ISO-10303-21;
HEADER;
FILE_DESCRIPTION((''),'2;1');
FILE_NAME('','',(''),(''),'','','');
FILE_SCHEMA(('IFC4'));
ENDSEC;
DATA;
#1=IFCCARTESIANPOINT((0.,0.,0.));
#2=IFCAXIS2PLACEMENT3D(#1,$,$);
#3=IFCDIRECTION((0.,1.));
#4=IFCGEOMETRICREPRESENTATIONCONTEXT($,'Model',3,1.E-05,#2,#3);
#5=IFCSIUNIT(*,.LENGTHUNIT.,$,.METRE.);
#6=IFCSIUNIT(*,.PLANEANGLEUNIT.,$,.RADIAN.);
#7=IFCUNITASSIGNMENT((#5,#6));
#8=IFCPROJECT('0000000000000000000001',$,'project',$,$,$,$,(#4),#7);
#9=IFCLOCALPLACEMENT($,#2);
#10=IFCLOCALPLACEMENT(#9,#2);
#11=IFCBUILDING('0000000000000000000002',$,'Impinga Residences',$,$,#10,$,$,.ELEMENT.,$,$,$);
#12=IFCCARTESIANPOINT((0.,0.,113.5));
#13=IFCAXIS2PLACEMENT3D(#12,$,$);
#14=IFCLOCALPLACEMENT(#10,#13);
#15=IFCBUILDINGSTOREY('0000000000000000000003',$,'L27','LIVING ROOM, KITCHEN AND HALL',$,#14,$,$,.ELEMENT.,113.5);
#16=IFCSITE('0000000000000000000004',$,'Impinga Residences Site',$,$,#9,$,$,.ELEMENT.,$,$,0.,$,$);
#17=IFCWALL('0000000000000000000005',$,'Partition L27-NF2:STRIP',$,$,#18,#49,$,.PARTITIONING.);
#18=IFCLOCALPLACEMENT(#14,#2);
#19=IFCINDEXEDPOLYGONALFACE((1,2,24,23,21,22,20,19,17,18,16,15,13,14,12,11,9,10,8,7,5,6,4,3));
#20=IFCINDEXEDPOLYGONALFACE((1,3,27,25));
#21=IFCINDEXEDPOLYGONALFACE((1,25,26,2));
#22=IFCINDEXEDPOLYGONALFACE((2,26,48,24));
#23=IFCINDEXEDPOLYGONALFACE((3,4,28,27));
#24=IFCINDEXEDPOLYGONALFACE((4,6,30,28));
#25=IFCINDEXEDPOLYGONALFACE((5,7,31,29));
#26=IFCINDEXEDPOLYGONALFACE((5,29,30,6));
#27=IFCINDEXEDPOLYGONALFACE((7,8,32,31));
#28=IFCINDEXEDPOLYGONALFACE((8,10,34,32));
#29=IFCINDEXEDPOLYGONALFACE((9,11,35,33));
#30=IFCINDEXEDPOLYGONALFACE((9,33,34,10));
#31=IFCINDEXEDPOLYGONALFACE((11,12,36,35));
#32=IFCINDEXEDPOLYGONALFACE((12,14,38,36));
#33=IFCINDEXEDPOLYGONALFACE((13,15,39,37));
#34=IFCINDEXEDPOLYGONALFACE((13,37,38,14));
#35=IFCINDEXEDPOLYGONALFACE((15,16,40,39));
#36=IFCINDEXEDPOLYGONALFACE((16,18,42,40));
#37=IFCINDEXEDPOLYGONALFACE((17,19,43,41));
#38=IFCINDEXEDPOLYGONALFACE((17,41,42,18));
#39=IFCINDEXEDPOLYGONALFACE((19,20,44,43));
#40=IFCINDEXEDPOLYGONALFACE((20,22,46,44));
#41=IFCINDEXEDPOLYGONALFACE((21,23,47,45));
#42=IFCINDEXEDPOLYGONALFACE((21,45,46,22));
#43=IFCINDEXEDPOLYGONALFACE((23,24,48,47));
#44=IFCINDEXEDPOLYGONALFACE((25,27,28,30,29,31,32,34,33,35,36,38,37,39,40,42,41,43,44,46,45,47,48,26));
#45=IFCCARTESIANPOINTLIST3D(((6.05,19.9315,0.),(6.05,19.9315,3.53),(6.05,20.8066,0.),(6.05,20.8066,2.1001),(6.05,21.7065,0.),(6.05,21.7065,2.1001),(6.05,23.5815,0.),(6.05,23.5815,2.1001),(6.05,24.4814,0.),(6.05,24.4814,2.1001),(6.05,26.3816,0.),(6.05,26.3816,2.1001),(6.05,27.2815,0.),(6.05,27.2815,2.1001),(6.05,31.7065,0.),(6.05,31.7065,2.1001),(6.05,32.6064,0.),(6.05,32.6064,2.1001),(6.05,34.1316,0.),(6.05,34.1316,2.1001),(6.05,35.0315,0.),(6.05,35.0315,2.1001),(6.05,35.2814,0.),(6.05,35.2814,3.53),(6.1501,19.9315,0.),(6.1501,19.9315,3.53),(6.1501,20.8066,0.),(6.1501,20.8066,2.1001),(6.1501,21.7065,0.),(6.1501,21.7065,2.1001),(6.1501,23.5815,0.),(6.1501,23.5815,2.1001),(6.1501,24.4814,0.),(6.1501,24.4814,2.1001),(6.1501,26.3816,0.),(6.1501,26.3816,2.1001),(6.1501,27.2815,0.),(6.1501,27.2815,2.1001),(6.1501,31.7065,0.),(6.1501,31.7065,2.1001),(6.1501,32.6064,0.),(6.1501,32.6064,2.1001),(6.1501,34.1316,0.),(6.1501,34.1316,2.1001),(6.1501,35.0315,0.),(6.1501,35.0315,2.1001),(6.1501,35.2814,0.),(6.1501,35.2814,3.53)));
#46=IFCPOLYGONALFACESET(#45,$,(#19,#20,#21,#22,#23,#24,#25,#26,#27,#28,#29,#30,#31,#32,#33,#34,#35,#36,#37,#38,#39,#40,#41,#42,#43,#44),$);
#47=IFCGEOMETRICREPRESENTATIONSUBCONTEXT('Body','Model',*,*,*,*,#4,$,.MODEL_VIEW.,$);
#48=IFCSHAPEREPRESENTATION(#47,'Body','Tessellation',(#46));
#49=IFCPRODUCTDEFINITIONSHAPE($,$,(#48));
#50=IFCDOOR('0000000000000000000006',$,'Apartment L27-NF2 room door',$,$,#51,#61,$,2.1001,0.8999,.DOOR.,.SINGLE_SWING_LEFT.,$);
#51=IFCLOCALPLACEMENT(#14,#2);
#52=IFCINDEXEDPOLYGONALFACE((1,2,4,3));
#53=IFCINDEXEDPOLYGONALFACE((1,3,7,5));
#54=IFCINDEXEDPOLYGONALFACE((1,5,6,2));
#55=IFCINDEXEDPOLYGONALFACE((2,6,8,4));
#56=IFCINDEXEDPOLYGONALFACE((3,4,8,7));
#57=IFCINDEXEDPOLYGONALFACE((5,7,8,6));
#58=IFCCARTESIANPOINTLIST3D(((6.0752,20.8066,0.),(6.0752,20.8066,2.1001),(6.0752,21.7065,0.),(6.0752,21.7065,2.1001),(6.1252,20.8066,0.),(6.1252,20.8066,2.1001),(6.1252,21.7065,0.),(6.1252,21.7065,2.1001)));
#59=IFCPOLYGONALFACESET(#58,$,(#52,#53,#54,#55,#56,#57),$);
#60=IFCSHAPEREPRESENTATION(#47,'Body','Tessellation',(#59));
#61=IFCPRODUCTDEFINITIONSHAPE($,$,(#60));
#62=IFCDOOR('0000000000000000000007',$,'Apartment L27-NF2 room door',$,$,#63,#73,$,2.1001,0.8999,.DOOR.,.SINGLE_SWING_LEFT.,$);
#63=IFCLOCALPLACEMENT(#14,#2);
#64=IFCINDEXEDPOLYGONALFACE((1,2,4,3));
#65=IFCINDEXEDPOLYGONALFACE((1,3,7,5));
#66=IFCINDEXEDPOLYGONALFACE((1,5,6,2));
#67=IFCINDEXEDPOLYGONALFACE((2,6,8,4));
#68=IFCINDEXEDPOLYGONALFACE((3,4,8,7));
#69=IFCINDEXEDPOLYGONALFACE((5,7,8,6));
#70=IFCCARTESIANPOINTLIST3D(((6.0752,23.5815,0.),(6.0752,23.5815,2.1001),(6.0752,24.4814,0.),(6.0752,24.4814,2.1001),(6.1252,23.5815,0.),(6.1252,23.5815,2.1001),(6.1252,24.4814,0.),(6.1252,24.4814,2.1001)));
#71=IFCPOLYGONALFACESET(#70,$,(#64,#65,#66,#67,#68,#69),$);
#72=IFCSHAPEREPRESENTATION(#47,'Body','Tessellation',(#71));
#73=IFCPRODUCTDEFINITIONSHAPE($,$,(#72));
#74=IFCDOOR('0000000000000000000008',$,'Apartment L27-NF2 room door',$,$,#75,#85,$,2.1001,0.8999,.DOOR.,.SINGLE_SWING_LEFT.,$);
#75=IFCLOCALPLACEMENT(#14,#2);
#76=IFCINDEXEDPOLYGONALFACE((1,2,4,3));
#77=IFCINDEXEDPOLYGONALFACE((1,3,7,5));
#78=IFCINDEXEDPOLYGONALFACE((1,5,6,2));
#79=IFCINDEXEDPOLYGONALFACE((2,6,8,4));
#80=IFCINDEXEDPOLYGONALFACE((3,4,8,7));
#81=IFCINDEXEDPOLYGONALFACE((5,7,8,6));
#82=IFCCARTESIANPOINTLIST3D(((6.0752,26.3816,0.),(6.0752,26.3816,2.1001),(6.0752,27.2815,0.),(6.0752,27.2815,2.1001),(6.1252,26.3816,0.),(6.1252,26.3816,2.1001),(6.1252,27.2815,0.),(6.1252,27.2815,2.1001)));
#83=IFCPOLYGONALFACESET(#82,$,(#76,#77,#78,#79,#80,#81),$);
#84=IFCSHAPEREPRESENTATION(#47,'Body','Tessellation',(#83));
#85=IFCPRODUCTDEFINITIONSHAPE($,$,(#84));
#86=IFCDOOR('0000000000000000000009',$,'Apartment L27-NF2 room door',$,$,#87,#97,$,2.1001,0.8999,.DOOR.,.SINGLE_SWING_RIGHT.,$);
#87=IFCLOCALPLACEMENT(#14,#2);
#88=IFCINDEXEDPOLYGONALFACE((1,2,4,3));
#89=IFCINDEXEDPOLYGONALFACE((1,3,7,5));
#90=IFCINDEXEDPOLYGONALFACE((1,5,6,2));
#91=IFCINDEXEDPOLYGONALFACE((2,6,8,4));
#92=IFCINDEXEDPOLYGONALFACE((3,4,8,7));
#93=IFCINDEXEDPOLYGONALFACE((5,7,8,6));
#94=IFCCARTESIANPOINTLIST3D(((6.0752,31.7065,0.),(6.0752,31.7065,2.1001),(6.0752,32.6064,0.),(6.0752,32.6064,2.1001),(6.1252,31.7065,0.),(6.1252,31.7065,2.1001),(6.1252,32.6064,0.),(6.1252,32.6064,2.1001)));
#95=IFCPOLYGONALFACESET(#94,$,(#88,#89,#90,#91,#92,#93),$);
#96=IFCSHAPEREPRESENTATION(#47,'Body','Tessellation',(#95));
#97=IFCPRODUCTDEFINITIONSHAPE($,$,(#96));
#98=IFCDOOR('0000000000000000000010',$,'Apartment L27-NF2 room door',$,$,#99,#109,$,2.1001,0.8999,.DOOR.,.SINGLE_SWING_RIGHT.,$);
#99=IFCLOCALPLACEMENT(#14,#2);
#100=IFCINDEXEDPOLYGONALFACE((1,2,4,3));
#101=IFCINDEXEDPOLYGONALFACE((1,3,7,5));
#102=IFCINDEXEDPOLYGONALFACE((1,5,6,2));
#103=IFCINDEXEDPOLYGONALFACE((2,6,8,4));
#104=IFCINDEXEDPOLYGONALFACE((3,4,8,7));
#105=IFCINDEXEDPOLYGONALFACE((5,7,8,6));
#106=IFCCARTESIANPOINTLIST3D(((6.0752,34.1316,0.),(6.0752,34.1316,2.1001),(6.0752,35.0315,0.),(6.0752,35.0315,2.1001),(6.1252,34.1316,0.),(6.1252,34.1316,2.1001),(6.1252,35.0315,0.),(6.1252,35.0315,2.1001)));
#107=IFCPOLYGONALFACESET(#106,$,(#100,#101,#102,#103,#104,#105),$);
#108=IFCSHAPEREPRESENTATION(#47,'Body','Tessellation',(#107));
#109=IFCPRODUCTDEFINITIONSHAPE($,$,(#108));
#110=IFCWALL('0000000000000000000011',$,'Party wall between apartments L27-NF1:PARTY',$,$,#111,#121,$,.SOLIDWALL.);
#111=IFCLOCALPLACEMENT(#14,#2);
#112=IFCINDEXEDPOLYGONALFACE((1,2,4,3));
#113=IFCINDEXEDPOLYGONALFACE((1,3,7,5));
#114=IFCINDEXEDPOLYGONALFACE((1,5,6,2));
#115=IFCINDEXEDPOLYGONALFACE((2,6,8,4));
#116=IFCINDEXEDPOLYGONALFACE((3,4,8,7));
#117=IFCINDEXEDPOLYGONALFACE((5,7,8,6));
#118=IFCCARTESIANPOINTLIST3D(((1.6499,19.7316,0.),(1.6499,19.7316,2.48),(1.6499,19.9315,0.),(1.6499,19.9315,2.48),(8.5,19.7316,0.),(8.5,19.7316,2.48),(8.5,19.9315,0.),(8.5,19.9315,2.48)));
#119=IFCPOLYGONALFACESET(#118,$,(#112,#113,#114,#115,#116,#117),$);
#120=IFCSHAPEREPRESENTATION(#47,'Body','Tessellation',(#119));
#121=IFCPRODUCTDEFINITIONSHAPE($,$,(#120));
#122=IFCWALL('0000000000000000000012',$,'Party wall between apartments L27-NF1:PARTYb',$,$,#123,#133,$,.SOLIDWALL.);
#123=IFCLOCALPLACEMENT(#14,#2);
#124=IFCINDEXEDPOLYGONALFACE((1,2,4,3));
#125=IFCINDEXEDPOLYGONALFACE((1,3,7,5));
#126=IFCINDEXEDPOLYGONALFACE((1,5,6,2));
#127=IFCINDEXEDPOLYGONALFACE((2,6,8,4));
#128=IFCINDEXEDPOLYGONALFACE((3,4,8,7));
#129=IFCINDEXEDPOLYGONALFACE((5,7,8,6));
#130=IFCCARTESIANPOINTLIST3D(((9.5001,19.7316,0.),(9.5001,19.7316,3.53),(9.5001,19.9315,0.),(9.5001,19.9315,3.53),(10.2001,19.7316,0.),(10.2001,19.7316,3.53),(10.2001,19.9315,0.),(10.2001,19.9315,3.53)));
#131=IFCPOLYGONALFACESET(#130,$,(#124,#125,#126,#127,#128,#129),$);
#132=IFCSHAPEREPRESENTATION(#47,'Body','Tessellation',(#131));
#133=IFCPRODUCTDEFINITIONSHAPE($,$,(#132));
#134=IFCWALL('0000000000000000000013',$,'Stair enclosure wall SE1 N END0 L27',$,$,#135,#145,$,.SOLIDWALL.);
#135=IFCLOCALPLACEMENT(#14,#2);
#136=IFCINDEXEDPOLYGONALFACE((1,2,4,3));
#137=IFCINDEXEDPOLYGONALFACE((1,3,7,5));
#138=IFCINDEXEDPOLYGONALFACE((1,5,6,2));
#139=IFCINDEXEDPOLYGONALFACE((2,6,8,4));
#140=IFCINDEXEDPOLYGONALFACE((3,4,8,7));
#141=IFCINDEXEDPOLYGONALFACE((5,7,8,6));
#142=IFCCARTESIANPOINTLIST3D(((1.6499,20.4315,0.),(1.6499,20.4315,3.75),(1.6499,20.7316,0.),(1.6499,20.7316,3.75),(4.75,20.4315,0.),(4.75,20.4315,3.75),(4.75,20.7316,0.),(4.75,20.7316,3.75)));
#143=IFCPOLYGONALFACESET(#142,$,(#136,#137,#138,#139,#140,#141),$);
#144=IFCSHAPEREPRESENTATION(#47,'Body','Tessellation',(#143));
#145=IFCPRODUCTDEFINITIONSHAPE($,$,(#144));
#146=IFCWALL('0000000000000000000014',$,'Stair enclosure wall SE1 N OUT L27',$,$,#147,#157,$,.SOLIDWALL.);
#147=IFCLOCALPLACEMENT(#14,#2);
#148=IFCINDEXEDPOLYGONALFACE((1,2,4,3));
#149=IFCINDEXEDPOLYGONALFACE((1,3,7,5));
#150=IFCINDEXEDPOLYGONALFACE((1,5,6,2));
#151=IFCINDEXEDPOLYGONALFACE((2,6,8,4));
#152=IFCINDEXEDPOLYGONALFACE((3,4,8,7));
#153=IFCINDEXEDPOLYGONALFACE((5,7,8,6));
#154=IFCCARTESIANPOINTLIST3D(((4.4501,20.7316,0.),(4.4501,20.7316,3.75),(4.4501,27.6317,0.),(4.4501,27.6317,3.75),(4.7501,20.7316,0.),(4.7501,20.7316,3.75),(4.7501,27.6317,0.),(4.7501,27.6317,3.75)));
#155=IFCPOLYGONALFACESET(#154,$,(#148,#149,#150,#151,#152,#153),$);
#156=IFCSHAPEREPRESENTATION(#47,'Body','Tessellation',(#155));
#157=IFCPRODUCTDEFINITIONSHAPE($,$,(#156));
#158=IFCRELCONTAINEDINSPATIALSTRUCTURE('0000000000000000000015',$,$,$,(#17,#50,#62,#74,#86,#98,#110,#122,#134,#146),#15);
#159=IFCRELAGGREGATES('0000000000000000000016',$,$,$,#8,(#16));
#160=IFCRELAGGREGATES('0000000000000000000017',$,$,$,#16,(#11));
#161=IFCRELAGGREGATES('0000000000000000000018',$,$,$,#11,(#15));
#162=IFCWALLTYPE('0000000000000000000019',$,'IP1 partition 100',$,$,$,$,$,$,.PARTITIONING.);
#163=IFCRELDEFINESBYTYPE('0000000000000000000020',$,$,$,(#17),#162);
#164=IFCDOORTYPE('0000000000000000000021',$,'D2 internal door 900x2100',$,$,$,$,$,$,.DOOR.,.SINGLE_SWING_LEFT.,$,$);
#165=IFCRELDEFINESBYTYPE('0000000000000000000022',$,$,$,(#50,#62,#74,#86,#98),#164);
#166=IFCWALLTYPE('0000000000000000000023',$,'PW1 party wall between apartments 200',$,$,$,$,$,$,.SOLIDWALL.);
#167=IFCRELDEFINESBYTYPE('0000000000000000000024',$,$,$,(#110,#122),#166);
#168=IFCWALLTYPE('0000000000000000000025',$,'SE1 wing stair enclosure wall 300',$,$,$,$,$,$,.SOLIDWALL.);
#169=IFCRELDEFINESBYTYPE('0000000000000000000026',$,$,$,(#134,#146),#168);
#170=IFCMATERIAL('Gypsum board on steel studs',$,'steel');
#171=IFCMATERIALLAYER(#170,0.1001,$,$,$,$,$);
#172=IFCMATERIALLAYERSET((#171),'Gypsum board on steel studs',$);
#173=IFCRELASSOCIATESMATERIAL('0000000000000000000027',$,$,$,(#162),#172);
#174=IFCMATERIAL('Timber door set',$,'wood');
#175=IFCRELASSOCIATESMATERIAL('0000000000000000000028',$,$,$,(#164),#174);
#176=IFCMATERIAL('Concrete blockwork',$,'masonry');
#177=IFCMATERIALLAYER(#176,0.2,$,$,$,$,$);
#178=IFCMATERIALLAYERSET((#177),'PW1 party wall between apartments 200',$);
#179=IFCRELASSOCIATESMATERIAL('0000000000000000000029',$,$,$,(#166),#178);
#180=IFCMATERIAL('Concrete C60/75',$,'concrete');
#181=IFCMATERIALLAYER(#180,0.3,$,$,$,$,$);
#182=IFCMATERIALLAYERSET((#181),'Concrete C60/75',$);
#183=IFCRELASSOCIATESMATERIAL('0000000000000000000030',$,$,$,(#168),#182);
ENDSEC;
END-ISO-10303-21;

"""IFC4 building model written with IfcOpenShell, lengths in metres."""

from ifc_helpers import new_model, si_unit, direction, frame, frame_2d, origin, place, context, subcontext, project, spatial, rectangle, extrude, material, layer, layer_set, type_object, element, fill, save


model = new_model("IFC4")

# Units and contexts
model_context = context("Model", 3, precision=1e-05, world=origin(), true_north=direction((0.0, 1.0)))
body_context = subcontext(model_context, "Body", "Model", "MODEL_VIEW")
ifc_project = project(units=[si_unit("LENGTHUNIT", "METRE"), si_unit("PLANEANGLEUNIT", "RADIAN")], contexts=[model_context])

# Site, building, storey
site_placement = place(None, origin())
site = spatial("IfcSite", under=ifc_project, at=site_placement, Name="Impinga Residences Site", CompositionType="ELEMENT", RefElevation=0.0)
building_placement = place(site_placement, origin())
building = spatial("IfcBuilding", under=site, at=building_placement, Name="Impinga Residences", CompositionType="ELEMENT")
storey_placement = place(building_placement, frame((0.0, 0.0, 113.5)))
storey = spatial("IfcBuildingStorey", under=building, at=storey_placement, Name="L27", Description="LIVING ROOM, KITCHEN AND HALL", CompositionType="ELEMENT", Elevation=113.5)

# Shared definitions
ifc_material_1 = material(Name="Concrete C60/75", Category="concrete")

# Shared definitions
ifc_material_2 = material(Name="Gypsum board on steel studs", Category="steel")
ifc_layer_1 = layer(ifc_material_2, 0.1001)
ifc_layer_set_1 = layer_set([ifc_layer_1], Name="Gypsum board on steel studs")
wall_type_1 = type_object("IfcWallType", Name="IP1 partition 100", PredefinedType="PARTITIONING", material=ifc_layer_set_1)

# Wall, openings, doors
wall_1_placement = place(storey_placement, frame((6.1001, 19.9316, 0.0), z_axis=(0.0, 0.0, 1.0), x_axis=(0.0, 1.0, 0.0)))
wall_1 = element("IfcWall", 1, at=wall_1_placement, inside=storey, type_object=wall_type_1, Name="Partition L27-NF2:STRIP", PredefinedType="PARTITIONING", context=body_context, shape_type="SweptSolid", body=[
    extrude(rectangle(XDim=15.3499, YDim=0.1001, at=frame_2d((7.6748, 0.0))), origin(), (0.0, 0.0, 1.0), 3.53),
])
opening_1_placement = place(wall_1_placement, frame((0.875, 0.0, 0.0)))
opening_1 = element("IfcOpeningElement", 2, at=opening_1_placement, cuts=wall_1, PredefinedType="OPENING", context=body_context, shape_type="SweptSolid", body=[
    extrude(rectangle(XDim=0.8999, YDim=2.1001, at=frame_2d((0.45, 1.05))), frame((0.0, 0.0601, 0.0), z_axis=(0.0, -1.0, 0.0), x_axis=(1.0, 0.0, 0.0)), (0.0, 0.0, 1.0), 0.1201),
])
opening_2_placement = place(wall_1_placement, frame((3.6499, 0.0, 0.0)))
opening_2 = element("IfcOpeningElement", 3, at=opening_2_placement, cuts=wall_1, PredefinedType="OPENING", context=body_context, shape_type="SweptSolid", body=[
    extrude(rectangle(XDim=0.8999, YDim=2.1001, at=frame_2d((0.45, 1.05))), frame((0.0, 0.0601, 0.0), z_axis=(0.0, -1.0, 0.0), x_axis=(1.0, 0.0, 0.0)), (0.0, 0.0, 1.0), 0.1201),
])
opening_3_placement = place(wall_1_placement, frame((6.45, 0.0, 0.0)))
opening_3 = element("IfcOpeningElement", 4, at=opening_3_placement, cuts=wall_1, PredefinedType="OPENING", context=body_context, shape_type="SweptSolid", body=[
    extrude(rectangle(XDim=0.8999, YDim=2.1001, at=frame_2d((0.45, 1.05))), frame((0.0, 0.0601, 0.0), z_axis=(0.0, -1.0, 0.0), x_axis=(1.0, 0.0, 0.0)), (0.0, 0.0, 1.0), 0.1201),
])
opening_4_placement = place(wall_1_placement, frame((11.7749, 0.0, 0.0)))
opening_4 = element("IfcOpeningElement", 5, at=opening_4_placement, cuts=wall_1, PredefinedType="OPENING", context=body_context, shape_type="SweptSolid", body=[
    extrude(rectangle(XDim=0.8999, YDim=2.1001, at=frame_2d((0.45, 1.05))), frame((0.0, 0.0601, 0.0), z_axis=(0.0, -1.0, 0.0), x_axis=(1.0, 0.0, 0.0)), (0.0, 0.0, 1.0), 0.1201),
])
opening_5_placement = place(wall_1_placement, frame((14.2, 0.0, 0.0)))
opening_5 = element("IfcOpeningElement", 6, at=opening_5_placement, cuts=wall_1, PredefinedType="OPENING", context=body_context, shape_type="SweptSolid", body=[
    extrude(rectangle(XDim=0.8999, YDim=2.1001, at=frame_2d((0.45, 1.05))), frame((0.0, 0.0601, 0.0), z_axis=(0.0, -1.0, 0.0), x_axis=(1.0, 0.0, 0.0)), (0.0, 0.0, 1.0), 0.1201),
])
ifc_material_3 = material(Name="Timber door set", Category="wood")
door_type = type_object("IfcDoorType", Name="D2 internal door 900x2100", OperationType="SINGLE_SWING_LEFT", PredefinedType="DOOR", material=ifc_material_3)
door_1_placement = place(opening_1_placement, origin())
door_1 = element("IfcDoor", 7, at=door_1_placement, inside=storey, type_object=door_type, Name="Apartment L27-NF2 room door", OperationType="SINGLE_SWING_LEFT", OverallHeight=2.1001, OverallWidth=0.8999, PredefinedType="DOOR", context=body_context, shape_type="SweptSolid", body=[
    extrude(rectangle(XDim=0.8999, YDim=2.1001, at=frame_2d((0.45, 1.05))), frame((0.0, 0.0249, 0.0), z_axis=(0.0, -1.0, 0.0), x_axis=(1.0, 0.0, 0.0)), (0.0, 0.0, 1.0), 0.05),
])
fill(opening_1, door_1)
door_2_placement = place(opening_2_placement, origin())
door_2 = element("IfcDoor", 8, at=door_2_placement, inside=storey, type_object=door_type, Name="Apartment L27-NF2 room door", OperationType="SINGLE_SWING_LEFT", OverallHeight=2.1001, OverallWidth=0.8999, PredefinedType="DOOR", context=body_context, shape_type="SweptSolid", body=[
    extrude(rectangle(XDim=0.8999, YDim=2.1001, at=frame_2d((0.45, 1.05))), frame((0.0, 0.0249, 0.0), z_axis=(0.0, -1.0, 0.0), x_axis=(1.0, 0.0, 0.0)), (0.0, 0.0, 1.0), 0.05),
])
fill(opening_2, door_2)
door_3_placement = place(opening_3_placement, origin())
door_3 = element("IfcDoor", 9, at=door_3_placement, inside=storey, type_object=door_type, Name="Apartment L27-NF2 room door", OperationType="SINGLE_SWING_LEFT", OverallHeight=2.1001, OverallWidth=0.8999, PredefinedType="DOOR", context=body_context, shape_type="SweptSolid", body=[
    extrude(rectangle(XDim=0.8999, YDim=2.1001, at=frame_2d((0.45, 1.05))), frame((0.0, 0.0249, 0.0), z_axis=(0.0, -1.0, 0.0), x_axis=(1.0, 0.0, 0.0)), (0.0, 0.0, 1.0), 0.05),
])
fill(opening_3, door_3)
door_4_placement = place(opening_4_placement, origin())
door_4 = element("IfcDoor", 10, at=door_4_placement, inside=storey, type_object=door_type, Name="Apartment L27-NF2 room door", OperationType="SINGLE_SWING_RIGHT", OverallHeight=2.1001, OverallWidth=0.8999, PredefinedType="DOOR", context=body_context, shape_type="SweptSolid", body=[
    extrude(rectangle(XDim=0.8999, YDim=2.1001, at=frame_2d((0.45, 1.05))), frame((0.0, 0.0249, 0.0), z_axis=(0.0, -1.0, 0.0), x_axis=(1.0, 0.0, 0.0)), (0.0, 0.0, 1.0), 0.05),
])
fill(opening_4, door_4)
door_5_placement = place(opening_5_placement, origin())
door_5 = element("IfcDoor", 11, at=door_5_placement, inside=storey, type_object=door_type, Name="Apartment L27-NF2 room door", OperationType="SINGLE_SWING_RIGHT", OverallHeight=2.1001, OverallWidth=0.8999, PredefinedType="DOOR", context=body_context, shape_type="SweptSolid", body=[
    extrude(rectangle(XDim=0.8999, YDim=2.1001, at=frame_2d((0.45, 1.05))), frame((0.0, 0.0249, 0.0), z_axis=(0.0, -1.0, 0.0), x_axis=(1.0, 0.0, 0.0)), (0.0, 0.0, 1.0), 0.05),
])
fill(opening_5, door_5)

# Walls
ifc_material_4 = material(Name="Concrete blockwork", Category="masonry")
ifc_layer_2 = layer(ifc_material_4, 0.2)
ifc_layer_set_2 = layer_set([ifc_layer_2], Name="PW1 party wall between apartments 200")
wall_type_2 = type_object("IfcWallType", Name="PW1 party wall between apartments 200", PredefinedType="SOLIDWALL", material=ifc_layer_set_2)
wall_2_placement = place(storey_placement, frame((1.6499, 19.8315, 0.0), z_axis=(0.0, 0.0, 1.0), x_axis=(1.0, 0.0, 0.0)))
element("IfcWall", 12, at=wall_2_placement, inside=storey, type_object=wall_type_2, Name="Party wall between apartments L27-NF1:PARTY", PredefinedType="SOLIDWALL", context=body_context, shape_type="SweptSolid", body=[
    extrude(rectangle(XDim=6.8501, YDim=0.2, at=frame_2d((3.425, 0.0))), origin(), (0.0, 0.0, 1.0), 2.48),
])
wall_3_placement = place(storey_placement, frame((9.5, 19.8315, 0.0), z_axis=(0.0, 0.0, 1.0), x_axis=(1.0, 0.0, 0.0)))
element("IfcWall", 13, at=wall_3_placement, inside=storey, type_object=wall_type_2, Name="Party wall between apartments L27-NF1:PARTYb", PredefinedType="SOLIDWALL", context=body_context, shape_type="SweptSolid", body=[
    extrude(rectangle(XDim=0.7, YDim=0.2, at=frame_2d((0.3501, 0.0))), origin(), (0.0, 0.0, 1.0), 3.53),
])
ifc_layer_3 = layer(ifc_material_1, 0.3)
ifc_layer_set_3 = layer_set([ifc_layer_3], Name="Concrete C60/75")
wall_type_3 = type_object("IfcWallType", Name="SE1 wing stair enclosure wall 300", PredefinedType="SOLIDWALL", material=ifc_layer_set_3)
wall_4_placement = place(storey_placement, frame((1.6499, 20.5815, 0.0), z_axis=(0.0, 0.0, 1.0), x_axis=(1.0, 0.0, 0.0)))
element("IfcWall", 14, at=wall_4_placement, inside=storey, type_object=wall_type_3, Name="Stair enclosure wall SE1 N END0 L27", PredefinedType="SOLIDWALL", context=body_context, shape_type="SweptSolid", body=[
    extrude(rectangle(XDim=3.1001, YDim=0.3, at=frame_2d((1.55, 0.0))), origin(), (0.0, 0.0, 1.0), 3.75),
])
wall_5_placement = place(storey_placement, frame((4.6001, 20.7314, 0.0), z_axis=(0.0, 0.0, 1.0), x_axis=(0.0, 1.0, 0.0)))
element("IfcWall", 15, at=wall_5_placement, inside=storey, type_object=wall_type_3, Name="Stair enclosure wall SE1 N OUT L27", PredefinedType="SOLIDWALL", context=body_context, shape_type="SweptSolid", body=[
    extrude(rectangle(XDim=6.9001, YDim=0.3, at=frame_2d((3.4502, 0.0))), origin(), (0.0, 0.0, 1.0), 3.75),
])

save(model, "model.ifc")
